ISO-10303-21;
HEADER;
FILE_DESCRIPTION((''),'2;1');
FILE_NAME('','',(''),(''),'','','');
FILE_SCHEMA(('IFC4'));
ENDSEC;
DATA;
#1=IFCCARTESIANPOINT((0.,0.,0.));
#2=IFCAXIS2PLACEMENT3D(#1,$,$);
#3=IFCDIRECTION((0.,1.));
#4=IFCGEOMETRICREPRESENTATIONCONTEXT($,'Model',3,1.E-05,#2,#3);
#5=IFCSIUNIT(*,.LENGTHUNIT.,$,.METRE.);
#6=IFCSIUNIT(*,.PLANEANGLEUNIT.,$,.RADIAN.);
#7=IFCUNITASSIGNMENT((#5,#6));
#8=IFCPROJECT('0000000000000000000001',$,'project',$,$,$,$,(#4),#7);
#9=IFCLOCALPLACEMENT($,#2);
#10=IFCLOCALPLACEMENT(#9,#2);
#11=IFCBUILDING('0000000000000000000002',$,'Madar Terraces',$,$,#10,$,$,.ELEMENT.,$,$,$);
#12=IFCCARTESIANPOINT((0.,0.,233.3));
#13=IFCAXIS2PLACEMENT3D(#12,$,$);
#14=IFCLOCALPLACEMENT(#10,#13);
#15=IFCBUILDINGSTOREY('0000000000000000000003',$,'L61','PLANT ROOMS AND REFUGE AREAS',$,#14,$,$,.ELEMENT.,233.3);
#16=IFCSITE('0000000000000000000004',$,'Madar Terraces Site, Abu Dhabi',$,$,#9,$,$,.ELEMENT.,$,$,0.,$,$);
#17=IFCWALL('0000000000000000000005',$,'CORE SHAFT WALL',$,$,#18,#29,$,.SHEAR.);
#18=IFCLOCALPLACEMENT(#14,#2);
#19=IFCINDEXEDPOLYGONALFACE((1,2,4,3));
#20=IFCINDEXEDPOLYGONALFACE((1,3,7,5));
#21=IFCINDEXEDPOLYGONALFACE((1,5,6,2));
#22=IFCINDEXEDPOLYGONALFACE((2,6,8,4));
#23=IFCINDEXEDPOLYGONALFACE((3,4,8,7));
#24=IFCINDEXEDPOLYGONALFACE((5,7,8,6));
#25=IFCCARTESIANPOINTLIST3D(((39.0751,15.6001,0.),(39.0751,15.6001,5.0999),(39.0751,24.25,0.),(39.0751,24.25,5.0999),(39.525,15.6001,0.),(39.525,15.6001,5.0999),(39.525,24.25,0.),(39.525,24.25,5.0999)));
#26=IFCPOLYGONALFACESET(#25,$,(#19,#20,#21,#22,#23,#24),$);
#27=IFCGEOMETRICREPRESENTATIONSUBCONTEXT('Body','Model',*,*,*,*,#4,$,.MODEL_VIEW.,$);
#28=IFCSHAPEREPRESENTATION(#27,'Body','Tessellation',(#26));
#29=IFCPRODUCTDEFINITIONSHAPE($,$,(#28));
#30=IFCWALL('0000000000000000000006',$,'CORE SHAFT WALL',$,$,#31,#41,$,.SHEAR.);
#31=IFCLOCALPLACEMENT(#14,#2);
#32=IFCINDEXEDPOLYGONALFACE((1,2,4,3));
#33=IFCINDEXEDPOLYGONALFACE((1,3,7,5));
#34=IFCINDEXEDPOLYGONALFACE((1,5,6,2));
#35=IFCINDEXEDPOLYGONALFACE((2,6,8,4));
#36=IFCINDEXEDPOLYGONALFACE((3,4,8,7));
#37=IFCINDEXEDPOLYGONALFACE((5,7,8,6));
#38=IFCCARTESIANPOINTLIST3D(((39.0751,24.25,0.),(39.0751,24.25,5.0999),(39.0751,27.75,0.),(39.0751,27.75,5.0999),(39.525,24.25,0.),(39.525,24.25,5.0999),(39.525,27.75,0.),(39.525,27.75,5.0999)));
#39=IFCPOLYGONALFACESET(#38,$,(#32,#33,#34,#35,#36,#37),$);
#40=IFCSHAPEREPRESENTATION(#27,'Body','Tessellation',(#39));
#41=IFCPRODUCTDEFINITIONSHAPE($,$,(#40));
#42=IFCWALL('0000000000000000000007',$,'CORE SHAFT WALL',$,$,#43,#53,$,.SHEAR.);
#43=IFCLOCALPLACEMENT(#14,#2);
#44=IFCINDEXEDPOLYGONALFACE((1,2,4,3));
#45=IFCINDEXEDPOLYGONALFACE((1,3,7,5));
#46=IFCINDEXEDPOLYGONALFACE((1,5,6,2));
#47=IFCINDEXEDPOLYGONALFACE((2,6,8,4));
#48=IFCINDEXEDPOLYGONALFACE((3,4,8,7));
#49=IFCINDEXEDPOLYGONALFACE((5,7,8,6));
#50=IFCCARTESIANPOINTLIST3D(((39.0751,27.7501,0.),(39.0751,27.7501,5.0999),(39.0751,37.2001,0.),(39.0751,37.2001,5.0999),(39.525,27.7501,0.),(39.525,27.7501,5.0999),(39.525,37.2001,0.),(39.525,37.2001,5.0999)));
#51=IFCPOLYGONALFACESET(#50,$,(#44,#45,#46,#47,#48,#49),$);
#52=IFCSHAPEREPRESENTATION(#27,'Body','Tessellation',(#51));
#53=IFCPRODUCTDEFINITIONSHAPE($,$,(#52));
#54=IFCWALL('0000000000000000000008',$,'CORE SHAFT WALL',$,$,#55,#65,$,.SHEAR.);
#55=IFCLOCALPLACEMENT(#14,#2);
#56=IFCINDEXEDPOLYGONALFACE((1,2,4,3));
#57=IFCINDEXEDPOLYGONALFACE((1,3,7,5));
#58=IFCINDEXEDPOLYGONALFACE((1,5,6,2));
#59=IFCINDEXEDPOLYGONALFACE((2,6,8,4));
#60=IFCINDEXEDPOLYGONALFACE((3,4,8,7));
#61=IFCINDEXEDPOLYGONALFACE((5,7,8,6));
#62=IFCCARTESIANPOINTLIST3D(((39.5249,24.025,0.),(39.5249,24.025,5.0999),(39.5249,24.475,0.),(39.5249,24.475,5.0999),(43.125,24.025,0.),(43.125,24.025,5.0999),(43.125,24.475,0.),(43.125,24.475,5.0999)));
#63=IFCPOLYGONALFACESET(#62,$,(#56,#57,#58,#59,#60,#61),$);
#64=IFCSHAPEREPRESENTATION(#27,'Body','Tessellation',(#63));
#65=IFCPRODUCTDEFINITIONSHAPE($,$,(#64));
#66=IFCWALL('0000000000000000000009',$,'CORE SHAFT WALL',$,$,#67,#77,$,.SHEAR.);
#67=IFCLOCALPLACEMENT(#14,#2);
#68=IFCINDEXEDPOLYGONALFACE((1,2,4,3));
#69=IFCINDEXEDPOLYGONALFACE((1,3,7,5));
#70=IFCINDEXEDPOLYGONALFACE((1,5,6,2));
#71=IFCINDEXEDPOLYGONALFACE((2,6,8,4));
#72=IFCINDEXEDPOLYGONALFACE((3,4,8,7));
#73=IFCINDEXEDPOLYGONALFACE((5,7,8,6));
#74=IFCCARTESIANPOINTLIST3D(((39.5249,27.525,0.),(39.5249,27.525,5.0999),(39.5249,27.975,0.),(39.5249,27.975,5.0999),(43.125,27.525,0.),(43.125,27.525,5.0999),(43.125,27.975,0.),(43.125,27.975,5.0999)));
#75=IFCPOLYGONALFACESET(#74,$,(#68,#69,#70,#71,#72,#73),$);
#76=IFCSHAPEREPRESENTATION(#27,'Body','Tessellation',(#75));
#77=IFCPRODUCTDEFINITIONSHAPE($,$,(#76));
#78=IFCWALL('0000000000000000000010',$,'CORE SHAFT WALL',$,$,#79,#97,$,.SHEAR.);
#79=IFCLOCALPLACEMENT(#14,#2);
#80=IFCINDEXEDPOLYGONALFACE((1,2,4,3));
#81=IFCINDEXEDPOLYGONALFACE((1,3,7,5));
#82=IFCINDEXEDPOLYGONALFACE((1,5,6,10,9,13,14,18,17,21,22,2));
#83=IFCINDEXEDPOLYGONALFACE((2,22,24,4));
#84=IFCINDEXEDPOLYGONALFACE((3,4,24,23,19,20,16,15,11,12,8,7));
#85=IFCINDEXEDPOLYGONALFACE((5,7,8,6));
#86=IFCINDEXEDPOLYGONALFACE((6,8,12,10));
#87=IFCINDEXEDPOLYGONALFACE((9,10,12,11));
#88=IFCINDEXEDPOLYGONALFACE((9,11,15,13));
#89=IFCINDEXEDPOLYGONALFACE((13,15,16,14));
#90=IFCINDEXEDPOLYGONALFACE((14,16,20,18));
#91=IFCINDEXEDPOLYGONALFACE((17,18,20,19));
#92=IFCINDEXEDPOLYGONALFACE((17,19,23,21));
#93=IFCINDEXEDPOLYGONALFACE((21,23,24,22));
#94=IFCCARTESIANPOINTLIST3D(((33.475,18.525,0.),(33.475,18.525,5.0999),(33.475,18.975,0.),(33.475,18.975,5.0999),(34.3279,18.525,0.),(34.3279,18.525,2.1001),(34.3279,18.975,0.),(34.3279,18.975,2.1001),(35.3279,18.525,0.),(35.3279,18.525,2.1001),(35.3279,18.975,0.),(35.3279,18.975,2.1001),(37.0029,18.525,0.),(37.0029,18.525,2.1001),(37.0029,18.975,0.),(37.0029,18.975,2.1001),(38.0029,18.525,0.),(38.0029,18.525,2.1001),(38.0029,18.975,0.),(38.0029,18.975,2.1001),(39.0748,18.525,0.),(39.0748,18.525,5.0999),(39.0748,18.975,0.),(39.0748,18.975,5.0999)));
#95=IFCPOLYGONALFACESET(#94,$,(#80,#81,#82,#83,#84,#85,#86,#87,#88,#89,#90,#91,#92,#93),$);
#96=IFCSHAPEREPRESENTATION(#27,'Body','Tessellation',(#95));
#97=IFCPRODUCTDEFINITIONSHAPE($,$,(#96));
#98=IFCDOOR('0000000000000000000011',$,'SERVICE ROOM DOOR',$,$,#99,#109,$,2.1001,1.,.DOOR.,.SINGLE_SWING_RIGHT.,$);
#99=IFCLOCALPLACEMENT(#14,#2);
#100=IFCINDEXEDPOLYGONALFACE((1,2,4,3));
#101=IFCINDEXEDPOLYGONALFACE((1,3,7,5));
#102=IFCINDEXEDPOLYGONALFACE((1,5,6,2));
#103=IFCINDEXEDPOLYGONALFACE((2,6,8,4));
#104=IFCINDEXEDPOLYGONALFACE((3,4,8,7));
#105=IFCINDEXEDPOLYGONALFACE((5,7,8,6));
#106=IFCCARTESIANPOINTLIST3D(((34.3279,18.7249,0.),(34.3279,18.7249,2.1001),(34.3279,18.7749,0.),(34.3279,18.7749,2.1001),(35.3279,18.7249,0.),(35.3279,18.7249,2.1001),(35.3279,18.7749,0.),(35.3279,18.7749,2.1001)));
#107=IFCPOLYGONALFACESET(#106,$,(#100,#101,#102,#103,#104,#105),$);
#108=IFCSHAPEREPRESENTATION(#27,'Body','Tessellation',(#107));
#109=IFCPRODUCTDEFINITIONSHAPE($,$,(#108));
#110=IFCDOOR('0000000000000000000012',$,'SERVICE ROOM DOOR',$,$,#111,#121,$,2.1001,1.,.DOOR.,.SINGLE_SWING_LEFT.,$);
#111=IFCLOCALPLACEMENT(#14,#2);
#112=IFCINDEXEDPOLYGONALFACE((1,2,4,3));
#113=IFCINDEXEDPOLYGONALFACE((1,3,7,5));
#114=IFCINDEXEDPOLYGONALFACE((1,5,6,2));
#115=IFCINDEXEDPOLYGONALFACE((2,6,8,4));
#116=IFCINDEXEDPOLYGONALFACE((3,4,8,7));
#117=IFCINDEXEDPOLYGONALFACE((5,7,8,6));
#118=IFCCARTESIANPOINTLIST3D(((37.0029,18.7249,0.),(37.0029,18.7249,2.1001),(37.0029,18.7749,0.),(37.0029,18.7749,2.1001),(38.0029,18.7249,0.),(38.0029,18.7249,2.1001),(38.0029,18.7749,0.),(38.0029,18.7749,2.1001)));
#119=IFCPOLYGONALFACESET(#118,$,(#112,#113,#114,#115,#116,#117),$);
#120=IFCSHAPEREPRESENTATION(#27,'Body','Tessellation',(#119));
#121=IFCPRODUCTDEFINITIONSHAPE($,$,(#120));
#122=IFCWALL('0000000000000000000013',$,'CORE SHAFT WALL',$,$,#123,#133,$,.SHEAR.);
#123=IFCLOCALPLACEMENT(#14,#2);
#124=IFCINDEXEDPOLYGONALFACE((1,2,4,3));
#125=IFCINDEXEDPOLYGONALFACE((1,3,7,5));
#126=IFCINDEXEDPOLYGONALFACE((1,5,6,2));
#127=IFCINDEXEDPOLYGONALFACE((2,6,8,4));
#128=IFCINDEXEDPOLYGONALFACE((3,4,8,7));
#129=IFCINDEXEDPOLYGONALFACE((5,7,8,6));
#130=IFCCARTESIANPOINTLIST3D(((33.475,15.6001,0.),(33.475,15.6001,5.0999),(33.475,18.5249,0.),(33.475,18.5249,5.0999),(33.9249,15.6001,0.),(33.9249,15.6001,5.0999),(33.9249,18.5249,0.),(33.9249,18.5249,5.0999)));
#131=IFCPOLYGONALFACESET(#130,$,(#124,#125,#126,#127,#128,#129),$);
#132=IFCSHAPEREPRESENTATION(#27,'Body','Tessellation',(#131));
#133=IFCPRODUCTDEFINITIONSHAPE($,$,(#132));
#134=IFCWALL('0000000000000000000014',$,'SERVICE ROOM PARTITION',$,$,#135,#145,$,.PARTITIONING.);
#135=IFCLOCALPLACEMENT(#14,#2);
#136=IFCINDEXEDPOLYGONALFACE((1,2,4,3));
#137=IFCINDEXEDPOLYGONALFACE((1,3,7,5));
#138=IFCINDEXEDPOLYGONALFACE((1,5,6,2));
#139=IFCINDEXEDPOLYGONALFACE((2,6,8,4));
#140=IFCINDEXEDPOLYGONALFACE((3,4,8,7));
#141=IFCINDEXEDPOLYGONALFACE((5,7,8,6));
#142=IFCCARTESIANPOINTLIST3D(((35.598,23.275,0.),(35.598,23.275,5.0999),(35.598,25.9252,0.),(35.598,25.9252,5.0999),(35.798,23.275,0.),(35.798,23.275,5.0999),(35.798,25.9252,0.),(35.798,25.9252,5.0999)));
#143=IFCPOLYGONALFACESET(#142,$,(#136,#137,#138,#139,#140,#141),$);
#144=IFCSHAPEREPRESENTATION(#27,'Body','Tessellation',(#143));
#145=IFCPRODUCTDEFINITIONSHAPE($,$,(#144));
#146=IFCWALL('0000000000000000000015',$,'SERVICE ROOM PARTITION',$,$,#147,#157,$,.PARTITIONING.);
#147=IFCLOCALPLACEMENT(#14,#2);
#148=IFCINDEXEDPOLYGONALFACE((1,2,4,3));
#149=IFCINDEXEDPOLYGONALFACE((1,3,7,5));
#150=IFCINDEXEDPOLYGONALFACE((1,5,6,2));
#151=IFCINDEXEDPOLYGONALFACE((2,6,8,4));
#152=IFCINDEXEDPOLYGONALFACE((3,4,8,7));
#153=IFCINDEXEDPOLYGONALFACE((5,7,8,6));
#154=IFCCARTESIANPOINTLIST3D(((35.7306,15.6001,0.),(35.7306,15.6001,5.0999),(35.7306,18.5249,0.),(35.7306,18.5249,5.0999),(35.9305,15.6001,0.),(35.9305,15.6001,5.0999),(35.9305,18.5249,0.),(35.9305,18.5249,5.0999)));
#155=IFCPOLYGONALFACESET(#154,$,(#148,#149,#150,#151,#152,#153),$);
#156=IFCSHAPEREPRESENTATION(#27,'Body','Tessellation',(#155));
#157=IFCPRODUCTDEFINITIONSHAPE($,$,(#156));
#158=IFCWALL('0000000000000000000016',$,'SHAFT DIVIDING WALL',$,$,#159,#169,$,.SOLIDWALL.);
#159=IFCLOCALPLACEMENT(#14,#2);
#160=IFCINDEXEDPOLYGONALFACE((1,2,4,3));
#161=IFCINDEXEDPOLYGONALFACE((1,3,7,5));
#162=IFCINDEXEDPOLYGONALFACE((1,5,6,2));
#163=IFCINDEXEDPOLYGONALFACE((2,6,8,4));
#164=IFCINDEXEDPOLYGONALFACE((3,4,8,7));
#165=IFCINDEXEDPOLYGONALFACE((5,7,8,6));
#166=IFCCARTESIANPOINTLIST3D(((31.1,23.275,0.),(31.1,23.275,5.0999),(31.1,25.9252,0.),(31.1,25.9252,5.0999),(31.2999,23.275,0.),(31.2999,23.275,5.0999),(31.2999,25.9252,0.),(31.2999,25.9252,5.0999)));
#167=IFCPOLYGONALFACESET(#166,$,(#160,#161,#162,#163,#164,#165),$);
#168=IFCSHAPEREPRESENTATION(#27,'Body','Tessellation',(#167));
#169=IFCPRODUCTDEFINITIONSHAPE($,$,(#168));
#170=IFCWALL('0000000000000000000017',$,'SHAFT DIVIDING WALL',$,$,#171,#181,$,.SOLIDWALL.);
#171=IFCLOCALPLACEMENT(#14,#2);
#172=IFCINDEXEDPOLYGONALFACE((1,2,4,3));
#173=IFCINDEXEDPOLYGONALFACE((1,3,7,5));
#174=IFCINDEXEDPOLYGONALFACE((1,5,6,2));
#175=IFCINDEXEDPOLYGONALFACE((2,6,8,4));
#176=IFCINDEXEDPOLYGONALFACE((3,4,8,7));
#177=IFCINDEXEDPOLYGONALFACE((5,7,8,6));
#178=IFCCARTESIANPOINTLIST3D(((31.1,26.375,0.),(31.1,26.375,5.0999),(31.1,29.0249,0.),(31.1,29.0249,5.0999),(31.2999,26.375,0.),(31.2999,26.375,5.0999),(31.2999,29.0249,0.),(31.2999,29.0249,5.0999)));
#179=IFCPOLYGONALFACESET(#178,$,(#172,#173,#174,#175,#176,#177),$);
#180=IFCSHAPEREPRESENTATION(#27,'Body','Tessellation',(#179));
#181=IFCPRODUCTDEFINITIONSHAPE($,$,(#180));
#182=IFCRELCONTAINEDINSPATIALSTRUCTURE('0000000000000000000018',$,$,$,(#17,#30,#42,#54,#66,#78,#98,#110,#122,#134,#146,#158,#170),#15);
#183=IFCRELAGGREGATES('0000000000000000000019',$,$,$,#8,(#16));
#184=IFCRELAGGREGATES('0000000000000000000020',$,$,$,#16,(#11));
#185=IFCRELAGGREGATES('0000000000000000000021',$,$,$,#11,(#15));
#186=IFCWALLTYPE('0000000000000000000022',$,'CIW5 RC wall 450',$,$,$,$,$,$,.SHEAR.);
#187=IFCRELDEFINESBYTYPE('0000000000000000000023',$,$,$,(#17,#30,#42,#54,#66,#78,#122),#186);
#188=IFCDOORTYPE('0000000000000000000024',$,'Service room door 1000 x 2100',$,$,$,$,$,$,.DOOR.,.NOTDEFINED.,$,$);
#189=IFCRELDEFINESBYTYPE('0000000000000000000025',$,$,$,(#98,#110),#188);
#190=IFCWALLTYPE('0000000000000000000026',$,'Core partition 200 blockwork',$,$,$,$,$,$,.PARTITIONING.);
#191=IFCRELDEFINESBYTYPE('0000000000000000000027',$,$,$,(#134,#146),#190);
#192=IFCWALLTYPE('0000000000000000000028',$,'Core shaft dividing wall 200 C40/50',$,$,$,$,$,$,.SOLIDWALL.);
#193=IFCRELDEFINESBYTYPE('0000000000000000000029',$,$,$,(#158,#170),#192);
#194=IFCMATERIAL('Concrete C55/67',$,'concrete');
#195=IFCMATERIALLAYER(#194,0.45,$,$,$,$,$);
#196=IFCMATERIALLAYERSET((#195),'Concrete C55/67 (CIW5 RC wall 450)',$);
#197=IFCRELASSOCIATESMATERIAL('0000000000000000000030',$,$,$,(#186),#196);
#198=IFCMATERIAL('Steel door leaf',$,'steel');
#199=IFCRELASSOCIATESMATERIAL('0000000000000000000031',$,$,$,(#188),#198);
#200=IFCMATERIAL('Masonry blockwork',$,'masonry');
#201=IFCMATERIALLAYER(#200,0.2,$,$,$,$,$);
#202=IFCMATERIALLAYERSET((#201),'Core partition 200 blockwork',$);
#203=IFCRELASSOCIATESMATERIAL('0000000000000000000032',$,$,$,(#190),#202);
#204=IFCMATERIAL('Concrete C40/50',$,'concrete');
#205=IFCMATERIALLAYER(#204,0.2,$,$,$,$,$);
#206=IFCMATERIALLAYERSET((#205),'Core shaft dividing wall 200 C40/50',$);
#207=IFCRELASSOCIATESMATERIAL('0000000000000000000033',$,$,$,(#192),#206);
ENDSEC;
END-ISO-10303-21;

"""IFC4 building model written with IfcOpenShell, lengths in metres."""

from ifc_helpers import new_model, si_unit, direction, frame, frame_2d, origin, place, context, subcontext, project, spatial, rectangle, extrude, material, layer, layer_set, type_object, element, fill, save


model = new_model("IFC4")

# Units and contexts
model_context = context("Model", 3, precision=1e-05, world=origin(), true_north=direction((0.0, 1.0)))
body_context = subcontext(model_context, "Body", "Model", "MODEL_VIEW")
ifc_project = project(units=[si_unit("LENGTHUNIT", "METRE"), si_unit("PLANEANGLEUNIT", "RADIAN")], contexts=[model_context])

# Site, building, storey
site_placement = place(None, origin())
site = spatial("IfcSite", under=ifc_project, at=site_placement, Name="Madar Terraces Site, Abu Dhabi", CompositionType="ELEMENT", RefElevation=0.0)
building_placement = place(site_placement, origin())
building = spatial("IfcBuilding", under=site, at=building_placement, Name="Madar Terraces", CompositionType="ELEMENT")
storey_placement = place(building_placement, frame((0.0, 0.0, 233.3)))
storey = spatial("IfcBuildingStorey", under=building, at=storey_placement, Name="L61", Description="PLANT ROOMS AND REFUGE AREAS", CompositionType="ELEMENT", Elevation=233.3)

# Walls
ifc_material_1 = material(Name="Concrete C55/67", Category="concrete")
ifc_layer_1 = layer(ifc_material_1, 0.45)
ifc_layer_set_1 = layer_set([ifc_layer_1], Name="Concrete C55/67 (CIW5 RC wall 450)")
wall_type_1 = type_object("IfcWallType", Name="CIW5 RC wall 450", PredefinedType="SHEAR", material=ifc_layer_set_1)
wall_1_placement = place(storey_placement, frame((39.3, 15.6001, 0.0), z_axis=(0.0, 0.0, 1.0), x_axis=(0.0, 1.0, 0.0)))
element("IfcWall", 1, at=wall_1_placement, inside=storey, type_object=wall_type_1, Name="CORE SHAFT WALL", PredefinedType="SHEAR", context=body_context, shape_type="SweptSolid", body=[
    extrude(rectangle(XDim=8.6499, YDim=0.45, at=frame_2d((4.325, 0.0))), origin(), (0.0, 0.0, 1.0), 5.0999),
])
wall_2_placement = place(storey_placement, frame((39.3, 24.25, 0.0), z_axis=(0.0, 0.0, 1.0), x_axis=(0.0, 1.0, 0.0)))
element("IfcWall", 2, at=wall_2_placement, inside=storey, type_object=wall_type_1, Name="CORE SHAFT WALL", PredefinedType="SHEAR", context=body_context, shape_type="SweptSolid", body=[
    extrude(rectangle(XDim=3.5, YDim=0.45, at=frame_2d((1.75, 0.0))), origin(), (0.0, 0.0, 1.0), 5.0999),
])
wall_3_placement = place(storey_placement, frame((39.3, 27.75, 0.0), z_axis=(0.0, 0.0, 1.0), x_axis=(0.0, 1.0, 0.0)))
element("IfcWall", 3, at=wall_3_placement, inside=storey, type_object=wall_type_1, Name="CORE SHAFT WALL", PredefinedType="SHEAR", context=body_context, shape_type="SweptSolid", body=[
    extrude(rectangle(XDim=9.45, YDim=0.45, at=frame_2d((4.7251, 0.0))), origin(), (0.0, 0.0, 1.0), 5.0999),
])
for number, where, z_axis, x_axis, name in (
    (4, (39.5249, 24.25, 0.0), (0.0, 0.0, 1.0), (1.0, 0.0, 0.0), "CORE SHAFT WALL"),
    (5, (39.5249, 27.75, 0.0), (0.0, 0.0, 1.0), (1.0, 0.0, 0.0), "CORE SHAFT WALL"),
):
    element("IfcWall", number, at=place(storey_placement, frame(where, z_axis=z_axis, x_axis=x_axis)), inside=storey, type_object=wall_type_1, Name=name, PredefinedType="SHEAR", context=body_context, shape_type="SweptSolid", body=[
        extrude(rectangle(XDim=3.6001, YDim=0.45, at=frame_2d((1.8, 0.0))), origin(), (0.0, 0.0, 1.0), 5.0999),
    ])

# Wall, openings, doors
wall_4_placement = place(storey_placement, frame((33.4751, 18.75, 0.0), z_axis=(0.0, 0.0, 1.0), x_axis=(1.0, 0.0, 0.0)))
wall_4 = element("IfcWall", 6, at=wall_4_placement, inside=storey, type_object=wall_type_1, Name="CORE SHAFT WALL", PredefinedType="SHEAR", context=body_context, shape_type="SweptSolid", body=[
    extrude(rectangle(XDim=5.5999, YDim=0.45, at=frame_2d((2.7998, 0.0))), origin(), (0.0, 0.0, 1.0), 5.0999),
])
opening_1_placement = place(wall_4_placement, frame((0.8528, 0.0, 0.0)))
opening_1 = element("IfcOpeningElement", 7, at=opening_1_placement, cuts=wall_4, PredefinedType="OPENING", context=body_context, shape_type="SweptSolid", body=[
    extrude(rectangle(XDim=1.0, YDim=2.1001, at=frame_2d((0.5, 1.05))), frame((0.0, 0.2349, 0.0), z_axis=(0.0, -1.0, 0.0), x_axis=(1.0, 0.0, 0.0)), (0.0, 0.0, 1.0), 0.47),
])
opening_2_placement = place(wall_4_placement, frame((3.5278, 0.0, 0.0)))
opening_2 = element("IfcOpeningElement", 8, at=opening_2_placement, cuts=wall_4, PredefinedType="OPENING", context=body_context, shape_type="SweptSolid", body=[
    extrude(rectangle(XDim=1.0, YDim=2.1001, at=frame_2d((0.5, 1.05))), frame((0.0, 0.2349, 0.0), z_axis=(0.0, -1.0, 0.0), x_axis=(1.0, 0.0, 0.0)), (0.0, 0.0, 1.0), 0.47),
])
ifc_material_2 = material(Name="Steel door leaf", Category="steel")
door_type = type_object("IfcDoorType", Name="Service room door 1000 x 2100", OperationType="NOTDEFINED", PredefinedType="DOOR", material=ifc_material_2)
door_1_placement = place(opening_1_placement, origin())
door_1 = element("IfcDoor", 9, at=door_1_placement, inside=storey, type_object=door_type, Name="SERVICE ROOM DOOR", OperationType="SINGLE_SWING_RIGHT", OverallHeight=2.1001, OverallWidth=1.0, PredefinedType="DOOR", context=body_context, shape_type="SweptSolid", body=[
    extrude(rectangle(XDim=1.0, YDim=2.1001, at=frame_2d((0.5, 1.05))), frame((0.0, 0.0249, 0.0), z_axis=(0.0, -1.0, 0.0), x_axis=(1.0, 0.0, 0.0)), (0.0, 0.0, 1.0), 0.05),
])
fill(opening_1, door_1)
door_2_placement = place(opening_2_placement, origin())
door_2 = element("IfcDoor", 10, at=door_2_placement, inside=storey, type_object=door_type, Name="SERVICE ROOM DOOR", OperationType="SINGLE_SWING_LEFT", OverallHeight=2.1001, OverallWidth=1.0, PredefinedType="DOOR", context=body_context, shape_type="SweptSolid", body=[
    extrude(rectangle(XDim=1.0, YDim=2.1001, at=frame_2d((0.5, 1.05))), frame((0.0, 0.0249, 0.0), z_axis=(0.0, -1.0, 0.0), x_axis=(1.0, 0.0, 0.0)), (0.0, 0.0, 1.0), 0.05),
])
fill(opening_2, door_2)

# Walls
wall_5_placement = place(storey_placement, frame((33.7, 15.6001, 0.0), z_axis=(0.0, 0.0, 1.0), x_axis=(0.0, 1.0, 0.0)))
element("IfcWall", 11, at=wall_5_placement, inside=storey, type_object=wall_type_1, Name="CORE SHAFT WALL", PredefinedType="SHEAR", context=body_context, shape_type="SweptSolid", body=[
    extrude(rectangle(XDim=2.9248, YDim=0.45, at=frame_2d((1.4624, 0.0))), origin(), (0.0, 0.0, 1.0), 5.0999),
])
ifc_material_3 = material(Name="Masonry blockwork", Category="masonry")
ifc_layer_2 = layer(ifc_material_3, 0.2)
ifc_layer_set_2 = layer_set([ifc_layer_2], Name="Core partition 200 blockwork")
wall_type_2 = type_object("IfcWallType", Name="Core partition 200 blockwork", PredefinedType="PARTITIONING", material=ifc_layer_set_2)
wall_6_placement = place(storey_placement, frame((35.698, 23.2749, 0.0), z_axis=(0.0, 0.0, 1.0), x_axis=(0.0, 1.0, 0.0)))
element("IfcWall", 12, at=wall_6_placement, inside=storey, type_object=wall_type_2, Name="SERVICE ROOM PARTITION", PredefinedType="PARTITIONING", context=body_context, shape_type="SweptSolid", body=[
    extrude(rectangle(XDim=2.6501, YDim=0.2, at=frame_2d((1.3252, 0.0))), origin(), (0.0, 0.0, 1.0), 5.0999),
])
wall_7_placement = place(storey_placement, frame((35.8306, 15.6001, 0.0), z_axis=(0.0, 0.0, 1.0), x_axis=(0.0, 1.0, 0.0)))
element("IfcWall", 13, at=wall_7_placement, inside=storey, type_object=wall_type_2, Name="SERVICE ROOM PARTITION", PredefinedType="PARTITIONING", context=body_context, shape_type="SweptSolid", body=[
    extrude(rectangle(XDim=2.9248, YDim=0.2, at=frame_2d((1.4624, 0.0))), origin(), (0.0, 0.0, 1.0), 5.0999),
])
ifc_material_4 = material(Name="Concrete C40/50", Category="concrete")
ifc_layer_3 = layer(ifc_material_4, 0.2)
ifc_layer_set_3 = layer_set([ifc_layer_3], Name="Core shaft dividing wall 200 C40/50")
wall_type_3 = type_object("IfcWallType", Name="Core shaft dividing wall 200 C40/50", PredefinedType="SOLIDWALL", material=ifc_layer_set_3)
wall_8_placement = place(storey_placement, frame((31.2, 23.2749, 0.0), z_axis=(0.0, 0.0, 1.0), x_axis=(0.0, 1.0, 0.0)))
element("IfcWall", 14, at=wall_8_placement, inside=storey, type_object=wall_type_3, Name="SHAFT DIVIDING WALL", PredefinedType="SOLIDWALL", context=body_context, shape_type="SweptSolid", body=[
    extrude(rectangle(XDim=2.6501, YDim=0.2, at=frame_2d((1.3252, 0.0))), origin(), (0.0, 0.0, 1.0), 5.0999),
])
wall_9_placement = place(storey_placement, frame((31.2, 26.375, 0.0), z_axis=(0.0, 0.0, 1.0), x_axis=(0.0, 1.0, 0.0)))
element("IfcWall", 15, at=wall_9_placement, inside=storey, type_object=wall_type_3, Name="SHAFT DIVIDING WALL", PredefinedType="SOLIDWALL", context=body_context, shape_type="SweptSolid", body=[
    extrude(rectangle(XDim=2.6499, YDim=0.2, at=frame_2d((1.325, 0.0))), origin(), (0.0, 0.0, 1.0), 5.0999),
])

save(model, "model.ifc")
